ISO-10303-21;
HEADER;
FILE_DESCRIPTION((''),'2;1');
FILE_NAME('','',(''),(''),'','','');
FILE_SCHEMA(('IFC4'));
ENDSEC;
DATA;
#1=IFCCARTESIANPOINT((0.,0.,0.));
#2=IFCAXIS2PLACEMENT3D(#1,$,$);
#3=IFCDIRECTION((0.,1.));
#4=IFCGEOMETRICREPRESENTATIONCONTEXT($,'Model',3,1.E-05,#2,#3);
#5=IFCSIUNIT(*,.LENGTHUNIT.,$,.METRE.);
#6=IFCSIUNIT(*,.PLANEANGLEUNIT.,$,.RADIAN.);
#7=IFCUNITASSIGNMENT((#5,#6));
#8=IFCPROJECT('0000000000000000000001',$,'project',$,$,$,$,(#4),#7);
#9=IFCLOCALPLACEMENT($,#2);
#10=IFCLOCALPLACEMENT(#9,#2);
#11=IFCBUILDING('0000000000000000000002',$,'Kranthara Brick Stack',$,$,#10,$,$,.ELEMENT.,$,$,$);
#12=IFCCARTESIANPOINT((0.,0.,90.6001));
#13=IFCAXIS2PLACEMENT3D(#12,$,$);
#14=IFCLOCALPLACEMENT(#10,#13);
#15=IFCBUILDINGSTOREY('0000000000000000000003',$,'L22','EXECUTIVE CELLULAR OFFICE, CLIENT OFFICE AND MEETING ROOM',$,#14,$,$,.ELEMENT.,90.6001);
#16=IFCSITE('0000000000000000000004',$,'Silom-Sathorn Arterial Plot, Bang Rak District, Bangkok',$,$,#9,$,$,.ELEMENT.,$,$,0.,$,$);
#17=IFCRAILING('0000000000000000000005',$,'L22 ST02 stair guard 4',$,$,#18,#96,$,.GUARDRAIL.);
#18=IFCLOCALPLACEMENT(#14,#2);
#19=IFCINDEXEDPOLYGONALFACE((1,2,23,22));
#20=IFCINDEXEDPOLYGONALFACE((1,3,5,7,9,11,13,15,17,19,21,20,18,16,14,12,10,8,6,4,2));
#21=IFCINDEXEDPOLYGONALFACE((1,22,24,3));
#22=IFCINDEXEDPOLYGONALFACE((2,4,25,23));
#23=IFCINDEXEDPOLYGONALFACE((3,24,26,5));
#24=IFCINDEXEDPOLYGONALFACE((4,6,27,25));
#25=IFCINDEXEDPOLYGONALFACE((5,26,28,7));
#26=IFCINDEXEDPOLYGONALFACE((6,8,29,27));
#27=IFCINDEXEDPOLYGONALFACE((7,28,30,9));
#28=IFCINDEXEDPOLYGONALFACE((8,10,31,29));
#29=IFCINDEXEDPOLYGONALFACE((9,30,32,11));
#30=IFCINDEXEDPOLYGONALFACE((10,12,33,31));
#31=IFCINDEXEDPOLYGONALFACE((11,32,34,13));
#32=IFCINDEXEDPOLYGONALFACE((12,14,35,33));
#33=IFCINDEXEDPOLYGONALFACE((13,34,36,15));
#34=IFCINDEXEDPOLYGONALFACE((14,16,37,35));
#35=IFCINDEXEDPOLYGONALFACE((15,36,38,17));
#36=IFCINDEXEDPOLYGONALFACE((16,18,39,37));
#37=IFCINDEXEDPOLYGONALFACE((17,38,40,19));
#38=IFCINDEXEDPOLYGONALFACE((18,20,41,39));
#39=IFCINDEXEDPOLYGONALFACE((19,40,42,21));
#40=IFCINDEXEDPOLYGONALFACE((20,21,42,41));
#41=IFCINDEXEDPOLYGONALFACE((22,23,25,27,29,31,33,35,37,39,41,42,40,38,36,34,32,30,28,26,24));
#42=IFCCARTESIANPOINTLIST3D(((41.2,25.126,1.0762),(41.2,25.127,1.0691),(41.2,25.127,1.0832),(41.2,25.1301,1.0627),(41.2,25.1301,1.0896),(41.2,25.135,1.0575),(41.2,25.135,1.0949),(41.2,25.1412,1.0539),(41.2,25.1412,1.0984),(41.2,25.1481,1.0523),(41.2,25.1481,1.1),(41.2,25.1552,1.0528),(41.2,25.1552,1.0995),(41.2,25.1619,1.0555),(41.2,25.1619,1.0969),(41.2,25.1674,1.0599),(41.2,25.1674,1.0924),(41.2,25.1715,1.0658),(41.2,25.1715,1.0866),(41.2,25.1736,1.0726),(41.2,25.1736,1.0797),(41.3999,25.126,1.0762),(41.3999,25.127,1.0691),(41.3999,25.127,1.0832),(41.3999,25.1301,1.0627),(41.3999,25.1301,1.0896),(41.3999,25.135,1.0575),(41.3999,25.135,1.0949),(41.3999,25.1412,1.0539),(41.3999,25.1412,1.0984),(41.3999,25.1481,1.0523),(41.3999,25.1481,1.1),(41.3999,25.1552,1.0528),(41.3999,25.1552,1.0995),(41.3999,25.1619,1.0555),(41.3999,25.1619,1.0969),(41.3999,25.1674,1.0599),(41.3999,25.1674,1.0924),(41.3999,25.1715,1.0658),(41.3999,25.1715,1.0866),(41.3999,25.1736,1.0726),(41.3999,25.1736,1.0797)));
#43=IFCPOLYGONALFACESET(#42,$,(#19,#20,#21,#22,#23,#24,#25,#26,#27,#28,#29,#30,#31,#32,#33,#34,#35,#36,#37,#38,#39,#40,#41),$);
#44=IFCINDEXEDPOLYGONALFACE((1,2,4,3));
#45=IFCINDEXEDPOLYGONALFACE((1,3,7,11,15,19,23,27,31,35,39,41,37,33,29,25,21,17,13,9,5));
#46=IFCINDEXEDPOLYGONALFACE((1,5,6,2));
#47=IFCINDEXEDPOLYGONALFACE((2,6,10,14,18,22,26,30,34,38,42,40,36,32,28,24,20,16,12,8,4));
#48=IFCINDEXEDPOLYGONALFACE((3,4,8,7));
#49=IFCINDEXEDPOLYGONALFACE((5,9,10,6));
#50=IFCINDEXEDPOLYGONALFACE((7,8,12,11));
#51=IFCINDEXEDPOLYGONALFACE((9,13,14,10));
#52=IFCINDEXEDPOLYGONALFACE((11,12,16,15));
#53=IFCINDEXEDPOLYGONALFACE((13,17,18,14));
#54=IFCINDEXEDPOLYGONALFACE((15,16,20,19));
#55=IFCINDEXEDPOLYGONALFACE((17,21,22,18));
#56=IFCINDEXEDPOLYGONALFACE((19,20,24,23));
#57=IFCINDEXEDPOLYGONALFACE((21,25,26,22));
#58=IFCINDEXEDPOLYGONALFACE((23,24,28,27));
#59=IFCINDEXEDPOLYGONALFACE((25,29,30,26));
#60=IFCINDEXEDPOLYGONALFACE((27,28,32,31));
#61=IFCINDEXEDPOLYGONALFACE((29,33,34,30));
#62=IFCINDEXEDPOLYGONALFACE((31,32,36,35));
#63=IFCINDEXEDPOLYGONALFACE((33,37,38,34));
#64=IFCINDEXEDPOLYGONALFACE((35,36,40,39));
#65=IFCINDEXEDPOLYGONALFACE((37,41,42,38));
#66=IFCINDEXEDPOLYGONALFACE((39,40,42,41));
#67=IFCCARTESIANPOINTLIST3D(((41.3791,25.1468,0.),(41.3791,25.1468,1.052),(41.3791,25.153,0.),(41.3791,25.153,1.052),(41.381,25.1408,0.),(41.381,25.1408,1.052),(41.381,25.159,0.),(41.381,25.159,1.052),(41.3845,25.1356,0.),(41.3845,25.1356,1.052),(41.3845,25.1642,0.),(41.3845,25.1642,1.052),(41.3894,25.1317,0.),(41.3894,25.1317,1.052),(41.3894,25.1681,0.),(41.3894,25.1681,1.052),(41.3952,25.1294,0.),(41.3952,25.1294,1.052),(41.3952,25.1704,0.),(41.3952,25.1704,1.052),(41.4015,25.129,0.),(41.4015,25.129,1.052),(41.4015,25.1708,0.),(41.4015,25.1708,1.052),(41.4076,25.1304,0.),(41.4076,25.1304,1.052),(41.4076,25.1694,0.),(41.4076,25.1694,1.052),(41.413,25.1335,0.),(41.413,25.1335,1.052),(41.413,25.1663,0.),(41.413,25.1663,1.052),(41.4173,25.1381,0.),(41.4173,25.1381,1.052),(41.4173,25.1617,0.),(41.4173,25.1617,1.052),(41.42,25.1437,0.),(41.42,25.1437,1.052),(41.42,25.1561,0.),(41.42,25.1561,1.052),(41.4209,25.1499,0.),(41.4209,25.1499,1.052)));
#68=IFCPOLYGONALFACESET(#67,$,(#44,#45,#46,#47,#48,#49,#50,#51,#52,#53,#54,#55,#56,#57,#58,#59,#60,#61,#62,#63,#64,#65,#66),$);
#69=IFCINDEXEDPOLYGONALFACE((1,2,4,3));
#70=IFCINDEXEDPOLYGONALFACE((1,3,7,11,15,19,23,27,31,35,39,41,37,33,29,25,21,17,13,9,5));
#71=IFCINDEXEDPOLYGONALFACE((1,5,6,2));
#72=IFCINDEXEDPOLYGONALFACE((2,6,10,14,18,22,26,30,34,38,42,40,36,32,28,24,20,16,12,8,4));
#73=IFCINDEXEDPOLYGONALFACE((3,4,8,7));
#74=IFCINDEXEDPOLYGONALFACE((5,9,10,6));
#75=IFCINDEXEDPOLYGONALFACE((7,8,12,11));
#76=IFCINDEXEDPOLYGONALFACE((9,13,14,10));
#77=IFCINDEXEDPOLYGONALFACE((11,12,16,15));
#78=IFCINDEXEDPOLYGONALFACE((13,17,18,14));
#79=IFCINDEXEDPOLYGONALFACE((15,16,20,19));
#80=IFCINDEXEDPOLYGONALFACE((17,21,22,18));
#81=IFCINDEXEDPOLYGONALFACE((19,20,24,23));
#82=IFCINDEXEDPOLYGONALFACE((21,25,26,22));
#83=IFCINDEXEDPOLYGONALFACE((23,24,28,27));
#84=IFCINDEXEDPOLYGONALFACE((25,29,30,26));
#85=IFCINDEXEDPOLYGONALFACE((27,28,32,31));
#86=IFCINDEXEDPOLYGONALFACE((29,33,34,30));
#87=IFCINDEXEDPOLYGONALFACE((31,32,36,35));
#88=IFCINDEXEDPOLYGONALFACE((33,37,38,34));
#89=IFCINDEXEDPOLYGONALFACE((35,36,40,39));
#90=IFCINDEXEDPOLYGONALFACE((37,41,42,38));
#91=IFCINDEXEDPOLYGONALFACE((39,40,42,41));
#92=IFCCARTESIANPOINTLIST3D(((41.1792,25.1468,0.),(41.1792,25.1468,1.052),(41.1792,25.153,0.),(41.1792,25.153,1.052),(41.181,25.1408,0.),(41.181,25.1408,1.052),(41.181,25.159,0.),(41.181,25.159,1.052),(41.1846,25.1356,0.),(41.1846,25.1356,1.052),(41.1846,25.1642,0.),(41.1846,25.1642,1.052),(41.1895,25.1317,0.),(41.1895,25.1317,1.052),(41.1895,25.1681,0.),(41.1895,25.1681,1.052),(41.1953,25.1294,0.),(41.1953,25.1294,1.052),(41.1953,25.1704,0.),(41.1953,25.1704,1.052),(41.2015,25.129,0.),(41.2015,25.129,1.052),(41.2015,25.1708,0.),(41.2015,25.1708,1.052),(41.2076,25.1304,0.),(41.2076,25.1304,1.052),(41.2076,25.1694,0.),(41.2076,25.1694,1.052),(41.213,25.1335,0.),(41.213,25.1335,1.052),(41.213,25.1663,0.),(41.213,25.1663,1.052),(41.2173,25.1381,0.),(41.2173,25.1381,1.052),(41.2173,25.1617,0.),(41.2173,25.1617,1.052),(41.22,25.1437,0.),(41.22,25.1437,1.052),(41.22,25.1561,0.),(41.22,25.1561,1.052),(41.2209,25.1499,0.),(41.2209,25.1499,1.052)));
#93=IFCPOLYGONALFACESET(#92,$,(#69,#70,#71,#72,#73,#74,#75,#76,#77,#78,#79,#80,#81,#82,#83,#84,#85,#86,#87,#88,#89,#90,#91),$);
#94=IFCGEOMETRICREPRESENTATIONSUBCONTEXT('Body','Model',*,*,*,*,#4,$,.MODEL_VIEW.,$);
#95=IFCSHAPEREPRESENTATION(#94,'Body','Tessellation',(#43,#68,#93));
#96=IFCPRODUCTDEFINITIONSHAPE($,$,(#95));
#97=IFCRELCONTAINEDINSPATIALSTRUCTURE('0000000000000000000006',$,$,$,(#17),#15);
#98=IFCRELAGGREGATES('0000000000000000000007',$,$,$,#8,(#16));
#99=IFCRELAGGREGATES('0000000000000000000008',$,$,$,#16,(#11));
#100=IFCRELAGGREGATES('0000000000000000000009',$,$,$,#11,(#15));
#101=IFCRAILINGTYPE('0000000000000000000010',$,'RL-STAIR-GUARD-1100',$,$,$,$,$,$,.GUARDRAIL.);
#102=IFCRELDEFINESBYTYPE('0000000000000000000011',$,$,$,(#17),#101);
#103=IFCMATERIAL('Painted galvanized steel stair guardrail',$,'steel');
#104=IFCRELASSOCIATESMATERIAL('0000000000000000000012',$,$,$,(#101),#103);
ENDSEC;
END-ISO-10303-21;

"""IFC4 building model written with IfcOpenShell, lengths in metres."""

from ifc_helpers import new_model, si_unit, direction, frame, origin, origin_2d, place, context, subcontext, project, spatial, circle, extrude, material, type_object, element, save


model = new_model("IFC4")

# Units and contexts
model_context = context("Model", 3, precision=1e-05, world=origin(), true_north=direction((0.0, 1.0)))
body_context = subcontext(model_context, "Body", "Model", "MODEL_VIEW")
ifc_project = project(units=[si_unit("LENGTHUNIT", "METRE"), si_unit("PLANEANGLEUNIT", "RADIAN")], contexts=[model_context])

# Site, building, storey
site_placement = place(None, origin())
site = spatial("IfcSite", under=ifc_project, at=site_placement, Name="Silom-Sathorn Arterial Plot, Bang Rak District, Bangkok", CompositionType="ELEMENT", RefElevation=0.0)
building_placement = place(site_placement, origin())
building = spatial("IfcBuilding", under=site, at=building_placement, Name="Kranthara Brick Stack", CompositionType="ELEMENT")
storey_placement = place(building_placement, frame((0.0, 0.0, 90.6001)))
storey = spatial("IfcBuildingStorey", under=building, at=storey_placement, Name="L22", Description="EXECUTIVE CELLULAR OFFICE, CLIENT OFFICE AND MEETING ROOM", CompositionType="ELEMENT", Elevation=90.6001)

# Railing
ifc_material_1 = material(Name="Painted galvanized steel stair guardrail", Category="steel")
railing_type = type_object("IfcRailingType", Name="RL-STAIR-GUARD-1100", PredefinedType="GUARDRAIL", material=ifc_material_1)
railing_1_placement = place(storey_placement, frame((41.3999, 25.1499, 0.0)))
element("IfcRailing", 1, at=railing_1_placement, inside=storey, type_object=railing_type, Name="L22 ST02 stair guard 4", PredefinedType="GUARDRAIL", context=body_context, shape_type="SweptSolid", body=[
    extrude(circle(Radius=0.0239, at=origin_2d()), frame((0.0, 0.0, 1.0762), z_axis=(-1.0, 0.0, 0.0), x_axis=(0.0, -1.0, 0.0)), (0.0, 0.0, 1.0), 0.2),
    extrude(circle(Radius=0.021, at=origin_2d()), origin(), (0.0, 0.0, 1.0), 1.052),
    extrude(circle(Radius=0.021, at=origin_2d()), frame((-0.2, 0.0, 0.0)), (0.0, 0.0, 1.0), 1.052),
])

save(model, "model.ifc")
